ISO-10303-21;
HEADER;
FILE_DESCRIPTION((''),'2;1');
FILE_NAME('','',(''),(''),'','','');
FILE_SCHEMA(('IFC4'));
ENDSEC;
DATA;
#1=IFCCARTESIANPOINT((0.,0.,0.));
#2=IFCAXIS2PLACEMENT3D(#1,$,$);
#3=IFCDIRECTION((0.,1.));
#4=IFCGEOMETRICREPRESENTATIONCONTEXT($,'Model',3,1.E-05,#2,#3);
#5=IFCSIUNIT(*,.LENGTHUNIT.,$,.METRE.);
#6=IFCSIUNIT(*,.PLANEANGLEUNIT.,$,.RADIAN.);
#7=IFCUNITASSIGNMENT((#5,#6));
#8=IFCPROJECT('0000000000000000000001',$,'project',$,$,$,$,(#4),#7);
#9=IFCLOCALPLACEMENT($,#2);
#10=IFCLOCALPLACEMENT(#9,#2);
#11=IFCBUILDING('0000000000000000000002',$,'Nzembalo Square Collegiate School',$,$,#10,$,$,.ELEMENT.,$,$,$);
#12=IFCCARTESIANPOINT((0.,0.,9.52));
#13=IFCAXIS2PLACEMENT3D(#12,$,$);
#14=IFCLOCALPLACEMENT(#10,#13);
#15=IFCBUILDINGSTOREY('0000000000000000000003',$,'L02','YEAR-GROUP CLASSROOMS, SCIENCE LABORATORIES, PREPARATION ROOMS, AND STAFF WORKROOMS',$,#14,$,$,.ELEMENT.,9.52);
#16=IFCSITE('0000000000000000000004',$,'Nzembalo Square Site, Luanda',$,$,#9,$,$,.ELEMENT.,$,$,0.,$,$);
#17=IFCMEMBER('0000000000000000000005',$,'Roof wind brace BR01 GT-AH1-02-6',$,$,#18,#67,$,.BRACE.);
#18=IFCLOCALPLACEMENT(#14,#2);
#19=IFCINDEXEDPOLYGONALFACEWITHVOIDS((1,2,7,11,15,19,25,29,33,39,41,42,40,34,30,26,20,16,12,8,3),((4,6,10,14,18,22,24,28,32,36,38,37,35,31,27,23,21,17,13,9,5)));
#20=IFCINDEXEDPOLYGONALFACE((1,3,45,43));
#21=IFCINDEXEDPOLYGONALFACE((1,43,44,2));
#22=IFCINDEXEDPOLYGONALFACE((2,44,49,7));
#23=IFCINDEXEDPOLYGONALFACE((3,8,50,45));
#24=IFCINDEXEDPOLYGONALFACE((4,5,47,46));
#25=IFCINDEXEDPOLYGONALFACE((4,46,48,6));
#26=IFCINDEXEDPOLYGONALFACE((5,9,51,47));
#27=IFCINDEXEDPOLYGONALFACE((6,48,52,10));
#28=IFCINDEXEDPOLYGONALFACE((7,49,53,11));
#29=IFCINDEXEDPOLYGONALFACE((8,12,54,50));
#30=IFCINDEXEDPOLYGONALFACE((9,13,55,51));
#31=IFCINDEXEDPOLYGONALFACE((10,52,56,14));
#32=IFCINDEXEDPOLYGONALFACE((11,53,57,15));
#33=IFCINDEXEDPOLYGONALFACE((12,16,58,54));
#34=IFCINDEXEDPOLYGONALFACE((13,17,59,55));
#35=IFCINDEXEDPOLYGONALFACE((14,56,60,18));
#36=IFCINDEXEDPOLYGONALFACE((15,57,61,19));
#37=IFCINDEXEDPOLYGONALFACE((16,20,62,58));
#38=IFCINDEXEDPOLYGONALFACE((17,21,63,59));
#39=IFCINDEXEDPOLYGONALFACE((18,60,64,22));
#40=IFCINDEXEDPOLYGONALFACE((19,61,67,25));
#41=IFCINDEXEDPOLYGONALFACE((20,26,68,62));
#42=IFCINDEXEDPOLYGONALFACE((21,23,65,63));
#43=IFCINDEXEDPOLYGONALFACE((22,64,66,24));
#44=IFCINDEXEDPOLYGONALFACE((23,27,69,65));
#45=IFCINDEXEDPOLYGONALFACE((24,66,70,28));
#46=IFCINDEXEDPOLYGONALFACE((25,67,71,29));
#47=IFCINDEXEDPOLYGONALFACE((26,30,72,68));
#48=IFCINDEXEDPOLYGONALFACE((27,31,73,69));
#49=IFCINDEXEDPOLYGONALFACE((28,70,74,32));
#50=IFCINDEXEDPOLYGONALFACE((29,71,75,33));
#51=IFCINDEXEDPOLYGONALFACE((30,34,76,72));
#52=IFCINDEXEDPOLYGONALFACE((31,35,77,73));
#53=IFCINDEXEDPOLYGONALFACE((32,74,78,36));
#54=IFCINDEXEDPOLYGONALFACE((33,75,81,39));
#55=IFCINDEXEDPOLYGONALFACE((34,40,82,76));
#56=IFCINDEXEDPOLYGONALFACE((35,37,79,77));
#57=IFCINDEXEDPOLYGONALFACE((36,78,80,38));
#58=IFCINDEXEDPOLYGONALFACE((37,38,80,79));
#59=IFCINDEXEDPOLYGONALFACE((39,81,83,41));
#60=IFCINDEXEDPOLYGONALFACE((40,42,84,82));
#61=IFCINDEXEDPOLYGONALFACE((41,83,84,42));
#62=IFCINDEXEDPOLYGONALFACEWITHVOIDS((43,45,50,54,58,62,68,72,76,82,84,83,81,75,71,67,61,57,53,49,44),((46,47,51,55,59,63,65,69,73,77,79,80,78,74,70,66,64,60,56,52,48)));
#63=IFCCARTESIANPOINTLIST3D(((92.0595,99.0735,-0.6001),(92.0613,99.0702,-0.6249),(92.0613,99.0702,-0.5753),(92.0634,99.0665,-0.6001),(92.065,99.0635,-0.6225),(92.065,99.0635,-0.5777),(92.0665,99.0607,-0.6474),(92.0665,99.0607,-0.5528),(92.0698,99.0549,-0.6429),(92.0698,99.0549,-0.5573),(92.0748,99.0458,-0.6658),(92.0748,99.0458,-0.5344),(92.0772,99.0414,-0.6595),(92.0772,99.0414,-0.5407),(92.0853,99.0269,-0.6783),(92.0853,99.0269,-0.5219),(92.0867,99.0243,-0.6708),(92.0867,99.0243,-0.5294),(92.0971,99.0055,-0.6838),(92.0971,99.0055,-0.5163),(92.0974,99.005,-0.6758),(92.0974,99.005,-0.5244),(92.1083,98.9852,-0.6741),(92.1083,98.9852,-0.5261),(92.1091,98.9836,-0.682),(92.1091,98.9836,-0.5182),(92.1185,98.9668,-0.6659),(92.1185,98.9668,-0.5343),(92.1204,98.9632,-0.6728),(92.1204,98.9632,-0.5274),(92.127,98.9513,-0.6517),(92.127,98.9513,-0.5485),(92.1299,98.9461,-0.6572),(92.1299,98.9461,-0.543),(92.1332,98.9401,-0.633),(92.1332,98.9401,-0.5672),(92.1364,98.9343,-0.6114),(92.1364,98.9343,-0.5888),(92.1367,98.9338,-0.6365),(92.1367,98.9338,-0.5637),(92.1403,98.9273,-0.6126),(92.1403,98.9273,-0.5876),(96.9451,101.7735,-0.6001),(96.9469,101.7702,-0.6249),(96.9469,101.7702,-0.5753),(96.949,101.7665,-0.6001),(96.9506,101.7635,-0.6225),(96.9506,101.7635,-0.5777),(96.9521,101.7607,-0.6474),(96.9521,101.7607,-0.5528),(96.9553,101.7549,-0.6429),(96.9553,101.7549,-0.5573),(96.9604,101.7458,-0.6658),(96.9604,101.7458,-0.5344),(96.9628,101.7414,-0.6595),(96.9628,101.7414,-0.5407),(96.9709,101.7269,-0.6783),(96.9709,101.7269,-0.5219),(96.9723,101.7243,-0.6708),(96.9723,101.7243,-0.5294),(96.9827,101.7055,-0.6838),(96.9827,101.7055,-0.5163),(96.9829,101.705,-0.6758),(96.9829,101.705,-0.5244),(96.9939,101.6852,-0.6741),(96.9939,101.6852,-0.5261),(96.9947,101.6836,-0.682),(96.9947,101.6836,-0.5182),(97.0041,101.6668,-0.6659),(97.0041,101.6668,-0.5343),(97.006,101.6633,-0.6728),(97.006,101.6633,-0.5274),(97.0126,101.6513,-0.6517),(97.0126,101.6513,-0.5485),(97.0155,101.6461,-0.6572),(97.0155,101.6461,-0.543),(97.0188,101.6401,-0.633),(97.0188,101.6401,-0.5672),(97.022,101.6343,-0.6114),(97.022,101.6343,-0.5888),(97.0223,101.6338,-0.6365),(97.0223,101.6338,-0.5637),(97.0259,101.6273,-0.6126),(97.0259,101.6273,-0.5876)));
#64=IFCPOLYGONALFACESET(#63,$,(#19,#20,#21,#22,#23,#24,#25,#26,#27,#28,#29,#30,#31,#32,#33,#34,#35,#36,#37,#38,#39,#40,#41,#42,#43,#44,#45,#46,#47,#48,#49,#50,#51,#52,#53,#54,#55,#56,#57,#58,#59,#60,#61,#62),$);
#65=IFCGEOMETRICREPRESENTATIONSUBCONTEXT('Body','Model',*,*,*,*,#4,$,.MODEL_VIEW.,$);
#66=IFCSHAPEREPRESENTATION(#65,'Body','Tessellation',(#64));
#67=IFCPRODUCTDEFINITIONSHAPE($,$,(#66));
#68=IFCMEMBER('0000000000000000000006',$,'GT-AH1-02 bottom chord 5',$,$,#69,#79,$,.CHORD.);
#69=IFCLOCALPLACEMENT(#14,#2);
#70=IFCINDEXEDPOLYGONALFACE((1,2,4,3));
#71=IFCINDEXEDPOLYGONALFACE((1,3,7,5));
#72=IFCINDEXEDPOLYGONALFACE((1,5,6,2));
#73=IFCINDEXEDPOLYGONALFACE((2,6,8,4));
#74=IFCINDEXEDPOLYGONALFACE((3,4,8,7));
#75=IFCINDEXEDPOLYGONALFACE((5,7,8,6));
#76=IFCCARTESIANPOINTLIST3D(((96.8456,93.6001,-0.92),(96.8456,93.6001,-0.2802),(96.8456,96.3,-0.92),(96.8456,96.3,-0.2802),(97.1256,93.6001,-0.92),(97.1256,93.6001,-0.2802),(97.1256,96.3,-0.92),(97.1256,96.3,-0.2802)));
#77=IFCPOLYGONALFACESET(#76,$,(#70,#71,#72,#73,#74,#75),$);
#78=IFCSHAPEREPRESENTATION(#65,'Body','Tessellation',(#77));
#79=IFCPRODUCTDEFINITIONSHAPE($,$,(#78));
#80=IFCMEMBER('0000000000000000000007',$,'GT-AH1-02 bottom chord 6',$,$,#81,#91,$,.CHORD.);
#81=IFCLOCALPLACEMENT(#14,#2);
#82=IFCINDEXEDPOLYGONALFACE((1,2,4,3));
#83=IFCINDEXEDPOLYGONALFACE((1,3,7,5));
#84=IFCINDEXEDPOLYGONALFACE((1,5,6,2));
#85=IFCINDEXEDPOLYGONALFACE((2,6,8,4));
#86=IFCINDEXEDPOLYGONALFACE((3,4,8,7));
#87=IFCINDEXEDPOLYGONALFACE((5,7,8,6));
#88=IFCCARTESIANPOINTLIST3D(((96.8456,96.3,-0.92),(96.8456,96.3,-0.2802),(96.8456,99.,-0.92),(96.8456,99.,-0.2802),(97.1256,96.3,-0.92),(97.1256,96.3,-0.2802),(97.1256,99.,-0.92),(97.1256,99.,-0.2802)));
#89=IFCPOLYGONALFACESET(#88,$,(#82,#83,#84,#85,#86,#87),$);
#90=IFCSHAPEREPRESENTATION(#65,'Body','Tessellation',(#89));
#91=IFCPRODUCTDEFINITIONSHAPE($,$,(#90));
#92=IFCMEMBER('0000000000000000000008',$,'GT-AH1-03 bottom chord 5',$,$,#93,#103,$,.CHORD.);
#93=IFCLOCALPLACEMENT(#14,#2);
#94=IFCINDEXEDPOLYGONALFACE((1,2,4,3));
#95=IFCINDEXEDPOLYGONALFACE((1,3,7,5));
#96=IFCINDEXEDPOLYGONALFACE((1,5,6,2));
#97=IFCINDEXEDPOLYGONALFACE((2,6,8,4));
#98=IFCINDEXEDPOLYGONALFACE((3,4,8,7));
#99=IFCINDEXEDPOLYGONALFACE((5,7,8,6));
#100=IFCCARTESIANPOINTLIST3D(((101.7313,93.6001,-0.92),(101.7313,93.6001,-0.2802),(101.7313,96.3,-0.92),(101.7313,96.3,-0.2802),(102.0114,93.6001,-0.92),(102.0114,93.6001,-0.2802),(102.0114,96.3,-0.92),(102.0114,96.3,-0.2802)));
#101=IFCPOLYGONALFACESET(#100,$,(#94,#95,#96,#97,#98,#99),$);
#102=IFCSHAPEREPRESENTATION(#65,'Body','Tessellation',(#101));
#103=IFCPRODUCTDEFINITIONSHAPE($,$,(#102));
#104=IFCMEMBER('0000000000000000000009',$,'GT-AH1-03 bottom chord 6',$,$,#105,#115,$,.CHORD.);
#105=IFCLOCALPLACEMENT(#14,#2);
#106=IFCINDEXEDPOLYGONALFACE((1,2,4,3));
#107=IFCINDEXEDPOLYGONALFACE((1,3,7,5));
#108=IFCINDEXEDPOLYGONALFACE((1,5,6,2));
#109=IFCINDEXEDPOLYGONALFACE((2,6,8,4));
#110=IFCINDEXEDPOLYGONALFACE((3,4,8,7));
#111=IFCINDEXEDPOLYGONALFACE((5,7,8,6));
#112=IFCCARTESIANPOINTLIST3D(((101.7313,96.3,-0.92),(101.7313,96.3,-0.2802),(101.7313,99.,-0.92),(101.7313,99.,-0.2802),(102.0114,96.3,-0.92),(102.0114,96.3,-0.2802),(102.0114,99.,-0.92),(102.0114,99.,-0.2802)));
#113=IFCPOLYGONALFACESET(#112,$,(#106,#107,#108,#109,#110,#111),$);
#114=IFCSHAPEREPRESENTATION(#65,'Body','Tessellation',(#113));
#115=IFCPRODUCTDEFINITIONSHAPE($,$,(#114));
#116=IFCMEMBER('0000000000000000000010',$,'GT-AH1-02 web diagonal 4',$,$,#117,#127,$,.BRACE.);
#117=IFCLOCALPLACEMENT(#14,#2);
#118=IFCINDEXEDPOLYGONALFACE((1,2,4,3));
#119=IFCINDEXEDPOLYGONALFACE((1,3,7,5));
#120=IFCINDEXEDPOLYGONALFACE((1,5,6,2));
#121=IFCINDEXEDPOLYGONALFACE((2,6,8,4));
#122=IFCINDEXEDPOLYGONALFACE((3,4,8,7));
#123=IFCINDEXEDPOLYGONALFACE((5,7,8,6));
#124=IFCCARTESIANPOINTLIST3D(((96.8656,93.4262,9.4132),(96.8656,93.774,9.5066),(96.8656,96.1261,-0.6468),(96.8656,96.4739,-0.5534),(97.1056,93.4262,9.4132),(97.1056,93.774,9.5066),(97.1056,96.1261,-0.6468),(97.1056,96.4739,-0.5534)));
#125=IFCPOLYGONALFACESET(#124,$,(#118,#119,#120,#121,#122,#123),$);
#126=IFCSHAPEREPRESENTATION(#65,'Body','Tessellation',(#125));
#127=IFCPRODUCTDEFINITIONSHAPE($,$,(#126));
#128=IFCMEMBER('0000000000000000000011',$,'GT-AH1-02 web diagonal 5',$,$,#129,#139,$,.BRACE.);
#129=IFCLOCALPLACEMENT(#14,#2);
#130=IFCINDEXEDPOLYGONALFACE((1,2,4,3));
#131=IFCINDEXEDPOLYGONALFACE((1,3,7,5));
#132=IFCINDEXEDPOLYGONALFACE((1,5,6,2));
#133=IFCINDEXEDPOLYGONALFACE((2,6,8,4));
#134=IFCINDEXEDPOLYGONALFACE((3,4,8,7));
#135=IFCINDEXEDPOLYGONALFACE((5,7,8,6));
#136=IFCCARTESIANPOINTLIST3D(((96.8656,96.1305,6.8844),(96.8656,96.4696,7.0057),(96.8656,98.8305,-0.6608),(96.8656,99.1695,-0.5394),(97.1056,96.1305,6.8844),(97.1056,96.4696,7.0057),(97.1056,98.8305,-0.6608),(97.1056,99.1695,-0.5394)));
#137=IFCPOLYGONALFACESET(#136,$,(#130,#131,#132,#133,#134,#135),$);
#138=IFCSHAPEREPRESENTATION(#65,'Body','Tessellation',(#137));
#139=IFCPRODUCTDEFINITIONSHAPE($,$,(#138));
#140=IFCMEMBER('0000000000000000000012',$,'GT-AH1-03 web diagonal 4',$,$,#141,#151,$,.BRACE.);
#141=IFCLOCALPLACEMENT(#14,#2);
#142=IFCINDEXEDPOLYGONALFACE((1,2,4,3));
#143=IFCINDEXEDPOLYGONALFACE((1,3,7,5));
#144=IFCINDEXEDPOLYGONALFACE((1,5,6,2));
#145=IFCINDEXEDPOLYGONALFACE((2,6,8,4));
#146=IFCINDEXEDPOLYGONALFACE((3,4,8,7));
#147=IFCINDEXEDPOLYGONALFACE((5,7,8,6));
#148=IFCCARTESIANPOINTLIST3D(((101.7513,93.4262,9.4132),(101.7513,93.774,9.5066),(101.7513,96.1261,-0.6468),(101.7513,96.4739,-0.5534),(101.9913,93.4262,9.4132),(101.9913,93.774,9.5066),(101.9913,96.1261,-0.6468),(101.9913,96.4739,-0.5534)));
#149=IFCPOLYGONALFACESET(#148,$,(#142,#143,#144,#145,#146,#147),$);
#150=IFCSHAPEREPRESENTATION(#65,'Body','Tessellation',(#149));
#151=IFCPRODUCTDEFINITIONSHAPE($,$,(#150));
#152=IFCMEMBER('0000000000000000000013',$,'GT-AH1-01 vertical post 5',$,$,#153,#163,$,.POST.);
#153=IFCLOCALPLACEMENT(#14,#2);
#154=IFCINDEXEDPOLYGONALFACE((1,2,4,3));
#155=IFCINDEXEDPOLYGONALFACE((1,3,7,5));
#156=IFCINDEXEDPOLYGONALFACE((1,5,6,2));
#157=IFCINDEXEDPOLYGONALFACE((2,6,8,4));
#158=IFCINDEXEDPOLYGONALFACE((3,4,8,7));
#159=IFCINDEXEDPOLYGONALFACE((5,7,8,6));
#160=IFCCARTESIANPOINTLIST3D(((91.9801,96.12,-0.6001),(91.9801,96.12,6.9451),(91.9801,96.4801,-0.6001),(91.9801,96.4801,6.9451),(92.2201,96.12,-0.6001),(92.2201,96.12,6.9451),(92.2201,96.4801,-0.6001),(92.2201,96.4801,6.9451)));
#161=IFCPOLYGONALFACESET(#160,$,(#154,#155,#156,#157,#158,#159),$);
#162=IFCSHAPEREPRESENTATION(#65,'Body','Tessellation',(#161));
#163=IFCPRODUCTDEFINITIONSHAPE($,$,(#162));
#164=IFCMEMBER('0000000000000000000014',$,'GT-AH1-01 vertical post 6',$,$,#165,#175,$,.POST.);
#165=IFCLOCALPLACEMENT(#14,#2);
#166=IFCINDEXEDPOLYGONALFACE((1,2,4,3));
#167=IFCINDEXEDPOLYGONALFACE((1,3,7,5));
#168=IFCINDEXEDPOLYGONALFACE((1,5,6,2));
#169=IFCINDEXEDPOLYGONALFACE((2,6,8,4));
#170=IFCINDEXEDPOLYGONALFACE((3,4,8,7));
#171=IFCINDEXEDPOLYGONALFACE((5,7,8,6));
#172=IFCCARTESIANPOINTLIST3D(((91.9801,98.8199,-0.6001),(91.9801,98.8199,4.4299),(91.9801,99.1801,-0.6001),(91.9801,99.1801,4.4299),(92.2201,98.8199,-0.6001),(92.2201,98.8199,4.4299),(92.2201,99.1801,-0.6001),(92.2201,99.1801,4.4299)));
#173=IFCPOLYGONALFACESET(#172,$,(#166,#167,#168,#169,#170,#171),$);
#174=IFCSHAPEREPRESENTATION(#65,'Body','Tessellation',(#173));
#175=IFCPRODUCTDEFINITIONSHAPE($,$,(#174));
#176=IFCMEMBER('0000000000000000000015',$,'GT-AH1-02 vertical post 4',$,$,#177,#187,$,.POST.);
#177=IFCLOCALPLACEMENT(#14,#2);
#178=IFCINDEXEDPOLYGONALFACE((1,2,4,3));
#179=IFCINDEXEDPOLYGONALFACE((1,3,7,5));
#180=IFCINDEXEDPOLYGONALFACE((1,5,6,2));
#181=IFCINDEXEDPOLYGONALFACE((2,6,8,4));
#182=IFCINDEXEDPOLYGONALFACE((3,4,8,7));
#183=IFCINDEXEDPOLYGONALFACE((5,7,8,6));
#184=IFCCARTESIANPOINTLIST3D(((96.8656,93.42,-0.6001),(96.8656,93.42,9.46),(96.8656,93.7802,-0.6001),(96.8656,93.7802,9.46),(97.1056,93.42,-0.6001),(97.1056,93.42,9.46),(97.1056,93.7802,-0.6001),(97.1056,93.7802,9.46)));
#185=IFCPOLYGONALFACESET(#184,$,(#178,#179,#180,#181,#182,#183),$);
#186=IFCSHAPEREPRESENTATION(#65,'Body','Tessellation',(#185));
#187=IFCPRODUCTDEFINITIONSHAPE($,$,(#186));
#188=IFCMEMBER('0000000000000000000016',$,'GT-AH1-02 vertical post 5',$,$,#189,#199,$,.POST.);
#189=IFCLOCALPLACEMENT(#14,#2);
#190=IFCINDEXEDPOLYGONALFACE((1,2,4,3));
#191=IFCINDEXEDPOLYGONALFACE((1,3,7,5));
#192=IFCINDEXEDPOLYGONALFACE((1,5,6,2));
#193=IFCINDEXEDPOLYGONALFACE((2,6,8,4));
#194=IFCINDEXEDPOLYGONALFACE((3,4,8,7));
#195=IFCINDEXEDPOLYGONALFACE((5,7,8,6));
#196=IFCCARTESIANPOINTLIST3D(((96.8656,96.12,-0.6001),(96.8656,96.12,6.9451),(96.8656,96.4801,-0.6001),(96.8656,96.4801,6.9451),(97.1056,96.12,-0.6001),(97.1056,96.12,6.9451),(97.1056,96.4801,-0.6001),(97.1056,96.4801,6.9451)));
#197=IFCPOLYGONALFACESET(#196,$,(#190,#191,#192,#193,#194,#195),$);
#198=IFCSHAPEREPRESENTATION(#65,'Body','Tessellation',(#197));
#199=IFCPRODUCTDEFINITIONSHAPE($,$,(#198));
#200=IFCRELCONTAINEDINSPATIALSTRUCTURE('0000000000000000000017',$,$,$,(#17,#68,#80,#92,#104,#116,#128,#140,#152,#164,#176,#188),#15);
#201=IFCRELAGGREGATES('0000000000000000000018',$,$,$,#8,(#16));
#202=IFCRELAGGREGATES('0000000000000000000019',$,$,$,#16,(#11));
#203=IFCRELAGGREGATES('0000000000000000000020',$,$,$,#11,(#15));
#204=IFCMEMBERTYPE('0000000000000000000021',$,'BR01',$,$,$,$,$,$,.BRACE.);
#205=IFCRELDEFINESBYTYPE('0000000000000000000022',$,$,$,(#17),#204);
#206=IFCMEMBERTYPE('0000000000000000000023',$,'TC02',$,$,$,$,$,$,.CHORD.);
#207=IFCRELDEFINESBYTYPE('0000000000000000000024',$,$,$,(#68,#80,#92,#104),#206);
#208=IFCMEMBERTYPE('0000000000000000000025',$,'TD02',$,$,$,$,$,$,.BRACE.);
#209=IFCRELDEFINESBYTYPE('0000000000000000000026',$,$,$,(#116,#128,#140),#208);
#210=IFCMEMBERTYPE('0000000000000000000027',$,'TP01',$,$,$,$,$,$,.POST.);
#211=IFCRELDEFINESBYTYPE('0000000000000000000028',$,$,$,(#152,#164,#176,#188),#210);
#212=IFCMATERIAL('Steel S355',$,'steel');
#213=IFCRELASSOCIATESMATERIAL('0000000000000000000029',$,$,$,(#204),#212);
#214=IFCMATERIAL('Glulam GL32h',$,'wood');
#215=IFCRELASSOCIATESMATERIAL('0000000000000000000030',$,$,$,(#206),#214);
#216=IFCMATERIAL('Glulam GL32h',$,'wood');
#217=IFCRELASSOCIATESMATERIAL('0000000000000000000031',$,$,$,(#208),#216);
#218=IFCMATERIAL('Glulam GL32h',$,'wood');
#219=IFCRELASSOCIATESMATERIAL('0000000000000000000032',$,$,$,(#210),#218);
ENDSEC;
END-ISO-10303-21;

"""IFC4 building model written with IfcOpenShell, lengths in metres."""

from ifc_helpers import new_model, si_unit, direction, frame, origin, origin_2d, place, context, subcontext, project, spatial, rectangle, hollow_circle, extrude, material, material_profile, profile_set, type_object, element, save


model = new_model("IFC4")

# Units and contexts
model_context = context("Model", 3, precision=1e-05, world=origin(), true_north=direction((0.0, 1.0)))
body_context = subcontext(model_context, "Body", "Model", "MODEL_VIEW")
ifc_project = project(units=[si_unit("LENGTHUNIT", "METRE"), si_unit("PLANEANGLEUNIT", "RADIAN")], contexts=[model_context])

# Site, building, storey
site_placement = place(None, origin())
site = spatial("IfcSite", under=ifc_project, at=site_placement, Name="Nzembalo Square Site, Luanda", CompositionType="ELEMENT", RefElevation=0.0)
building_placement = place(site_placement, origin())
building = spatial("IfcBuilding", under=site, at=building_placement, Name="Nzembalo Square Collegiate School", CompositionType="ELEMENT")
storey_placement = place(building_placement, frame((0.0, 0.0, 9.52)))
storey = spatial("IfcBuildingStorey", under=building, at=storey_placement, Name="L02", Description="YEAR-GROUP CLASSROOMS, SCIENCE LABORATORIES, PREPARATION ROOMS, AND STAFF WORKROOMS", CompositionType="ELEMENT", Elevation=9.52)

# Members
ifc_material_1 = material(Name="Steel S355", Category="steel")
ifc_material_profile_1 = material_profile(ifc_material_1, hollow_circle(Radius=0.084, WallThickness=0.0081, at=origin_2d()), Name="CHS 168x8")
ifc_profile_set_1 = profile_set([ifc_material_profile_1], Name="Steel S355")
member_type_1 = type_object("IfcMemberType", Name="BR01", PredefinedType="BRACE", material=ifc_profile_set_1)
member_1_placement = place(storey_placement, frame((92.1001, 99.0, -0.6001), z_axis=(0.875236, 0.483696, 0.0), x_axis=(-0.483696, 0.875236, 0.0)))
element("IfcMember", 1, at=member_1_placement, inside=storey, type_object=member_type_1, Name="Roof wind brace BR01 GT-AH1-02-6", PredefinedType="BRACE", context=body_context, shape_type="SweptSolid", body=[
    extrude(hollow_circle(Radius=0.084, WallThickness=0.0081, at=origin_2d()), origin(), (0.0, 0.0, 1.0), 5.582),
])
ifc_material_2 = material(Name="Glulam GL32h", Category="wood")
ifc_material_profile_2 = material_profile(ifc_material_2, rectangle(XDim=0.28, YDim=0.6399, at=origin_2d()), Name="GL32h 280x640")
ifc_profile_set_2 = profile_set([ifc_material_profile_2], Name="Glulam GL32h")
member_type_2 = type_object("IfcMemberType", Name="TC02", PredefinedType="CHORD", material=ifc_profile_set_2)
for number, where, z_axis, x_axis, name in (
    (2, (96.9856, 93.6001, -0.6001), (0.0, 1.0, 0.0), (-1.0, 0.0, 0.0), "GT-AH1-02 bottom chord 5"),
    (3, (96.9856, 96.3, -0.6001), (0.0, 1.0, 0.0), (-1.0, 0.0, 0.0), "GT-AH1-02 bottom chord 6"),
    (4, (101.8713, 93.6001, -0.6001), (0.0, 1.0, 0.0), (-1.0, 0.0, 0.0), "GT-AH1-03 bottom chord 5"),
    (5, (101.8713, 96.3, -0.6001), (0.0, 1.0, 0.0), (-1.0, 0.0, 0.0), "GT-AH1-03 bottom chord 6"),
):
    element("IfcMember", number, at=place(storey_placement, frame(where, z_axis=z_axis, x_axis=x_axis)), inside=storey, type_object=member_type_2, Name=name, PredefinedType="CHORD", context=body_context, shape_type="SweptSolid", body=[
        extrude(rectangle(XDim=0.28, YDim=0.6399, at=origin_2d()), origin(), (0.0, 0.0, 1.0), 2.7),
    ])
ifc_material_3 = material(Name="Glulam GL32h", Category="wood")
ifc_material_profile_3 = material_profile(ifc_material_3, rectangle(XDim=0.24, YDim=0.3601, at=origin_2d()), Name="GL32h 240x360")
ifc_profile_set_3 = profile_set([ifc_material_profile_3], Name="Glulam GL32h")
member_type_3 = type_object("IfcMemberType", Name="TD02", PredefinedType="BRACE", material=ifc_profile_set_3)
member_2_placement = place(storey_placement, frame((96.9856, 96.3, -0.6001), z_axis=(0.0, -0.25921, 0.965821), x_axis=(1.0, 0.0, 0.0)))
element("IfcMember", 6, at=member_2_placement, inside=storey, type_object=member_type_3, Name="GT-AH1-02 web diagonal 4", PredefinedType="BRACE", context=body_context, shape_type="SweptSolid", body=[
    extrude(rectangle(XDim=0.24, YDim=0.3601, at=origin_2d()), origin(), (0.0, 0.0, 1.0), 10.416),
])
member_3_placement = place(storey_placement, frame((96.9856, 99.0, -0.6001), z_axis=(0.0, -0.336917, 0.941534), x_axis=(1.0, 0.0, 0.0)))
element("IfcMember", 7, at=member_3_placement, inside=storey, type_object=member_type_3, Name="GT-AH1-02 web diagonal 5", PredefinedType="BRACE", context=body_context, shape_type="SweptSolid", body=[
    extrude(rectangle(XDim=0.24, YDim=0.3601, at=origin_2d()), origin(), (0.0, 0.0, 1.0), 8.0137),
])
member_4_placement = place(storey_placement, frame((101.8713, 96.3, -0.6001), z_axis=(0.0, -0.25921, 0.965821), x_axis=(1.0, 0.0, 0.0)))
element("IfcMember", 8, at=member_4_placement, inside=storey, type_object=member_type_3, Name="GT-AH1-03 web diagonal 4", PredefinedType="BRACE", context=body_context, shape_type="SweptSolid", body=[
    extrude(rectangle(XDim=0.24, YDim=0.3601, at=origin_2d()), origin(), (0.0, 0.0, 1.0), 10.416),
])
ifc_material_4 = material(Name="Glulam GL32h", Category="wood")
ifc_material_profile_4 = material_profile(ifc_material_4, rectangle(XDim=0.24, YDim=0.3601, at=origin_2d()), Name="GL32h 240x360")
ifc_profile_set_4 = profile_set([ifc_material_profile_4], Name="Glulam GL32h")
member_type_4 = type_object("IfcMemberType", Name="TP01", PredefinedType="POST", material=ifc_profile_set_4)
member_5_placement = place(storey_placement, frame((92.1001, 96.3, -0.6001), z_axis=(0.0, 0.0, 1.0), x_axis=(1.0, 0.0, 0.0)))
element("IfcMember", 9, at=member_5_placement, inside=storey, type_object=member_type_4, Name="GT-AH1-01 vertical post 5", PredefinedType="POST", context=body_context, shape_type="SweptSolid", body=[
    extrude(rectangle(XDim=0.24, YDim=0.3601, at=origin_2d()), origin(), (0.0, 0.0, 1.0), 7.5452),
])
member_6_placement = place(storey_placement, frame((92.1001, 99.0, -0.6001), z_axis=(0.0, 0.0, 1.0), x_axis=(1.0, 0.0, 0.0)))
element("IfcMember", 10, at=member_6_placement, inside=storey, type_object=member_type_4, Name="GT-AH1-01 vertical post 6", PredefinedType="POST", context=body_context, shape_type="SweptSolid", body=[
    extrude(rectangle(XDim=0.24, YDim=0.3601, at=origin_2d()), origin(), (0.0, 0.0, 1.0), 5.03),
])
member_7_placement = place(storey_placement, frame((96.9856, 93.6001, -0.6001), z_axis=(0.0, 0.0, 1.0), x_axis=(1.0, 0.0, 0.0)))
element("IfcMember", 11, at=member_7_placement, inside=storey, type_object=member_type_4, Name="GT-AH1-02 vertical post 4", PredefinedType="POST", context=body_context, shape_type="SweptSolid", body=[
    extrude(rectangle(XDim=0.24, YDim=0.3601, at=origin_2d()), origin(), (0.0, 0.0, 1.0), 10.0601),
])
member_8_placement = place(storey_placement, frame((96.9856, 96.3, -0.6001), z_axis=(0.0, 0.0, 1.0), x_axis=(1.0, 0.0, 0.0)))
element("IfcMember", 12, at=member_8_placement, inside=storey, type_object=member_type_4, Name="GT-AH1-02 vertical post 5", PredefinedType="POST", context=body_context, shape_type="SweptSolid", body=[
    extrude(rectangle(XDim=0.24, YDim=0.3601, at=origin_2d()), origin(), (0.0, 0.0, 1.0), 7.5452),
])

save(model, "model.ifc")
